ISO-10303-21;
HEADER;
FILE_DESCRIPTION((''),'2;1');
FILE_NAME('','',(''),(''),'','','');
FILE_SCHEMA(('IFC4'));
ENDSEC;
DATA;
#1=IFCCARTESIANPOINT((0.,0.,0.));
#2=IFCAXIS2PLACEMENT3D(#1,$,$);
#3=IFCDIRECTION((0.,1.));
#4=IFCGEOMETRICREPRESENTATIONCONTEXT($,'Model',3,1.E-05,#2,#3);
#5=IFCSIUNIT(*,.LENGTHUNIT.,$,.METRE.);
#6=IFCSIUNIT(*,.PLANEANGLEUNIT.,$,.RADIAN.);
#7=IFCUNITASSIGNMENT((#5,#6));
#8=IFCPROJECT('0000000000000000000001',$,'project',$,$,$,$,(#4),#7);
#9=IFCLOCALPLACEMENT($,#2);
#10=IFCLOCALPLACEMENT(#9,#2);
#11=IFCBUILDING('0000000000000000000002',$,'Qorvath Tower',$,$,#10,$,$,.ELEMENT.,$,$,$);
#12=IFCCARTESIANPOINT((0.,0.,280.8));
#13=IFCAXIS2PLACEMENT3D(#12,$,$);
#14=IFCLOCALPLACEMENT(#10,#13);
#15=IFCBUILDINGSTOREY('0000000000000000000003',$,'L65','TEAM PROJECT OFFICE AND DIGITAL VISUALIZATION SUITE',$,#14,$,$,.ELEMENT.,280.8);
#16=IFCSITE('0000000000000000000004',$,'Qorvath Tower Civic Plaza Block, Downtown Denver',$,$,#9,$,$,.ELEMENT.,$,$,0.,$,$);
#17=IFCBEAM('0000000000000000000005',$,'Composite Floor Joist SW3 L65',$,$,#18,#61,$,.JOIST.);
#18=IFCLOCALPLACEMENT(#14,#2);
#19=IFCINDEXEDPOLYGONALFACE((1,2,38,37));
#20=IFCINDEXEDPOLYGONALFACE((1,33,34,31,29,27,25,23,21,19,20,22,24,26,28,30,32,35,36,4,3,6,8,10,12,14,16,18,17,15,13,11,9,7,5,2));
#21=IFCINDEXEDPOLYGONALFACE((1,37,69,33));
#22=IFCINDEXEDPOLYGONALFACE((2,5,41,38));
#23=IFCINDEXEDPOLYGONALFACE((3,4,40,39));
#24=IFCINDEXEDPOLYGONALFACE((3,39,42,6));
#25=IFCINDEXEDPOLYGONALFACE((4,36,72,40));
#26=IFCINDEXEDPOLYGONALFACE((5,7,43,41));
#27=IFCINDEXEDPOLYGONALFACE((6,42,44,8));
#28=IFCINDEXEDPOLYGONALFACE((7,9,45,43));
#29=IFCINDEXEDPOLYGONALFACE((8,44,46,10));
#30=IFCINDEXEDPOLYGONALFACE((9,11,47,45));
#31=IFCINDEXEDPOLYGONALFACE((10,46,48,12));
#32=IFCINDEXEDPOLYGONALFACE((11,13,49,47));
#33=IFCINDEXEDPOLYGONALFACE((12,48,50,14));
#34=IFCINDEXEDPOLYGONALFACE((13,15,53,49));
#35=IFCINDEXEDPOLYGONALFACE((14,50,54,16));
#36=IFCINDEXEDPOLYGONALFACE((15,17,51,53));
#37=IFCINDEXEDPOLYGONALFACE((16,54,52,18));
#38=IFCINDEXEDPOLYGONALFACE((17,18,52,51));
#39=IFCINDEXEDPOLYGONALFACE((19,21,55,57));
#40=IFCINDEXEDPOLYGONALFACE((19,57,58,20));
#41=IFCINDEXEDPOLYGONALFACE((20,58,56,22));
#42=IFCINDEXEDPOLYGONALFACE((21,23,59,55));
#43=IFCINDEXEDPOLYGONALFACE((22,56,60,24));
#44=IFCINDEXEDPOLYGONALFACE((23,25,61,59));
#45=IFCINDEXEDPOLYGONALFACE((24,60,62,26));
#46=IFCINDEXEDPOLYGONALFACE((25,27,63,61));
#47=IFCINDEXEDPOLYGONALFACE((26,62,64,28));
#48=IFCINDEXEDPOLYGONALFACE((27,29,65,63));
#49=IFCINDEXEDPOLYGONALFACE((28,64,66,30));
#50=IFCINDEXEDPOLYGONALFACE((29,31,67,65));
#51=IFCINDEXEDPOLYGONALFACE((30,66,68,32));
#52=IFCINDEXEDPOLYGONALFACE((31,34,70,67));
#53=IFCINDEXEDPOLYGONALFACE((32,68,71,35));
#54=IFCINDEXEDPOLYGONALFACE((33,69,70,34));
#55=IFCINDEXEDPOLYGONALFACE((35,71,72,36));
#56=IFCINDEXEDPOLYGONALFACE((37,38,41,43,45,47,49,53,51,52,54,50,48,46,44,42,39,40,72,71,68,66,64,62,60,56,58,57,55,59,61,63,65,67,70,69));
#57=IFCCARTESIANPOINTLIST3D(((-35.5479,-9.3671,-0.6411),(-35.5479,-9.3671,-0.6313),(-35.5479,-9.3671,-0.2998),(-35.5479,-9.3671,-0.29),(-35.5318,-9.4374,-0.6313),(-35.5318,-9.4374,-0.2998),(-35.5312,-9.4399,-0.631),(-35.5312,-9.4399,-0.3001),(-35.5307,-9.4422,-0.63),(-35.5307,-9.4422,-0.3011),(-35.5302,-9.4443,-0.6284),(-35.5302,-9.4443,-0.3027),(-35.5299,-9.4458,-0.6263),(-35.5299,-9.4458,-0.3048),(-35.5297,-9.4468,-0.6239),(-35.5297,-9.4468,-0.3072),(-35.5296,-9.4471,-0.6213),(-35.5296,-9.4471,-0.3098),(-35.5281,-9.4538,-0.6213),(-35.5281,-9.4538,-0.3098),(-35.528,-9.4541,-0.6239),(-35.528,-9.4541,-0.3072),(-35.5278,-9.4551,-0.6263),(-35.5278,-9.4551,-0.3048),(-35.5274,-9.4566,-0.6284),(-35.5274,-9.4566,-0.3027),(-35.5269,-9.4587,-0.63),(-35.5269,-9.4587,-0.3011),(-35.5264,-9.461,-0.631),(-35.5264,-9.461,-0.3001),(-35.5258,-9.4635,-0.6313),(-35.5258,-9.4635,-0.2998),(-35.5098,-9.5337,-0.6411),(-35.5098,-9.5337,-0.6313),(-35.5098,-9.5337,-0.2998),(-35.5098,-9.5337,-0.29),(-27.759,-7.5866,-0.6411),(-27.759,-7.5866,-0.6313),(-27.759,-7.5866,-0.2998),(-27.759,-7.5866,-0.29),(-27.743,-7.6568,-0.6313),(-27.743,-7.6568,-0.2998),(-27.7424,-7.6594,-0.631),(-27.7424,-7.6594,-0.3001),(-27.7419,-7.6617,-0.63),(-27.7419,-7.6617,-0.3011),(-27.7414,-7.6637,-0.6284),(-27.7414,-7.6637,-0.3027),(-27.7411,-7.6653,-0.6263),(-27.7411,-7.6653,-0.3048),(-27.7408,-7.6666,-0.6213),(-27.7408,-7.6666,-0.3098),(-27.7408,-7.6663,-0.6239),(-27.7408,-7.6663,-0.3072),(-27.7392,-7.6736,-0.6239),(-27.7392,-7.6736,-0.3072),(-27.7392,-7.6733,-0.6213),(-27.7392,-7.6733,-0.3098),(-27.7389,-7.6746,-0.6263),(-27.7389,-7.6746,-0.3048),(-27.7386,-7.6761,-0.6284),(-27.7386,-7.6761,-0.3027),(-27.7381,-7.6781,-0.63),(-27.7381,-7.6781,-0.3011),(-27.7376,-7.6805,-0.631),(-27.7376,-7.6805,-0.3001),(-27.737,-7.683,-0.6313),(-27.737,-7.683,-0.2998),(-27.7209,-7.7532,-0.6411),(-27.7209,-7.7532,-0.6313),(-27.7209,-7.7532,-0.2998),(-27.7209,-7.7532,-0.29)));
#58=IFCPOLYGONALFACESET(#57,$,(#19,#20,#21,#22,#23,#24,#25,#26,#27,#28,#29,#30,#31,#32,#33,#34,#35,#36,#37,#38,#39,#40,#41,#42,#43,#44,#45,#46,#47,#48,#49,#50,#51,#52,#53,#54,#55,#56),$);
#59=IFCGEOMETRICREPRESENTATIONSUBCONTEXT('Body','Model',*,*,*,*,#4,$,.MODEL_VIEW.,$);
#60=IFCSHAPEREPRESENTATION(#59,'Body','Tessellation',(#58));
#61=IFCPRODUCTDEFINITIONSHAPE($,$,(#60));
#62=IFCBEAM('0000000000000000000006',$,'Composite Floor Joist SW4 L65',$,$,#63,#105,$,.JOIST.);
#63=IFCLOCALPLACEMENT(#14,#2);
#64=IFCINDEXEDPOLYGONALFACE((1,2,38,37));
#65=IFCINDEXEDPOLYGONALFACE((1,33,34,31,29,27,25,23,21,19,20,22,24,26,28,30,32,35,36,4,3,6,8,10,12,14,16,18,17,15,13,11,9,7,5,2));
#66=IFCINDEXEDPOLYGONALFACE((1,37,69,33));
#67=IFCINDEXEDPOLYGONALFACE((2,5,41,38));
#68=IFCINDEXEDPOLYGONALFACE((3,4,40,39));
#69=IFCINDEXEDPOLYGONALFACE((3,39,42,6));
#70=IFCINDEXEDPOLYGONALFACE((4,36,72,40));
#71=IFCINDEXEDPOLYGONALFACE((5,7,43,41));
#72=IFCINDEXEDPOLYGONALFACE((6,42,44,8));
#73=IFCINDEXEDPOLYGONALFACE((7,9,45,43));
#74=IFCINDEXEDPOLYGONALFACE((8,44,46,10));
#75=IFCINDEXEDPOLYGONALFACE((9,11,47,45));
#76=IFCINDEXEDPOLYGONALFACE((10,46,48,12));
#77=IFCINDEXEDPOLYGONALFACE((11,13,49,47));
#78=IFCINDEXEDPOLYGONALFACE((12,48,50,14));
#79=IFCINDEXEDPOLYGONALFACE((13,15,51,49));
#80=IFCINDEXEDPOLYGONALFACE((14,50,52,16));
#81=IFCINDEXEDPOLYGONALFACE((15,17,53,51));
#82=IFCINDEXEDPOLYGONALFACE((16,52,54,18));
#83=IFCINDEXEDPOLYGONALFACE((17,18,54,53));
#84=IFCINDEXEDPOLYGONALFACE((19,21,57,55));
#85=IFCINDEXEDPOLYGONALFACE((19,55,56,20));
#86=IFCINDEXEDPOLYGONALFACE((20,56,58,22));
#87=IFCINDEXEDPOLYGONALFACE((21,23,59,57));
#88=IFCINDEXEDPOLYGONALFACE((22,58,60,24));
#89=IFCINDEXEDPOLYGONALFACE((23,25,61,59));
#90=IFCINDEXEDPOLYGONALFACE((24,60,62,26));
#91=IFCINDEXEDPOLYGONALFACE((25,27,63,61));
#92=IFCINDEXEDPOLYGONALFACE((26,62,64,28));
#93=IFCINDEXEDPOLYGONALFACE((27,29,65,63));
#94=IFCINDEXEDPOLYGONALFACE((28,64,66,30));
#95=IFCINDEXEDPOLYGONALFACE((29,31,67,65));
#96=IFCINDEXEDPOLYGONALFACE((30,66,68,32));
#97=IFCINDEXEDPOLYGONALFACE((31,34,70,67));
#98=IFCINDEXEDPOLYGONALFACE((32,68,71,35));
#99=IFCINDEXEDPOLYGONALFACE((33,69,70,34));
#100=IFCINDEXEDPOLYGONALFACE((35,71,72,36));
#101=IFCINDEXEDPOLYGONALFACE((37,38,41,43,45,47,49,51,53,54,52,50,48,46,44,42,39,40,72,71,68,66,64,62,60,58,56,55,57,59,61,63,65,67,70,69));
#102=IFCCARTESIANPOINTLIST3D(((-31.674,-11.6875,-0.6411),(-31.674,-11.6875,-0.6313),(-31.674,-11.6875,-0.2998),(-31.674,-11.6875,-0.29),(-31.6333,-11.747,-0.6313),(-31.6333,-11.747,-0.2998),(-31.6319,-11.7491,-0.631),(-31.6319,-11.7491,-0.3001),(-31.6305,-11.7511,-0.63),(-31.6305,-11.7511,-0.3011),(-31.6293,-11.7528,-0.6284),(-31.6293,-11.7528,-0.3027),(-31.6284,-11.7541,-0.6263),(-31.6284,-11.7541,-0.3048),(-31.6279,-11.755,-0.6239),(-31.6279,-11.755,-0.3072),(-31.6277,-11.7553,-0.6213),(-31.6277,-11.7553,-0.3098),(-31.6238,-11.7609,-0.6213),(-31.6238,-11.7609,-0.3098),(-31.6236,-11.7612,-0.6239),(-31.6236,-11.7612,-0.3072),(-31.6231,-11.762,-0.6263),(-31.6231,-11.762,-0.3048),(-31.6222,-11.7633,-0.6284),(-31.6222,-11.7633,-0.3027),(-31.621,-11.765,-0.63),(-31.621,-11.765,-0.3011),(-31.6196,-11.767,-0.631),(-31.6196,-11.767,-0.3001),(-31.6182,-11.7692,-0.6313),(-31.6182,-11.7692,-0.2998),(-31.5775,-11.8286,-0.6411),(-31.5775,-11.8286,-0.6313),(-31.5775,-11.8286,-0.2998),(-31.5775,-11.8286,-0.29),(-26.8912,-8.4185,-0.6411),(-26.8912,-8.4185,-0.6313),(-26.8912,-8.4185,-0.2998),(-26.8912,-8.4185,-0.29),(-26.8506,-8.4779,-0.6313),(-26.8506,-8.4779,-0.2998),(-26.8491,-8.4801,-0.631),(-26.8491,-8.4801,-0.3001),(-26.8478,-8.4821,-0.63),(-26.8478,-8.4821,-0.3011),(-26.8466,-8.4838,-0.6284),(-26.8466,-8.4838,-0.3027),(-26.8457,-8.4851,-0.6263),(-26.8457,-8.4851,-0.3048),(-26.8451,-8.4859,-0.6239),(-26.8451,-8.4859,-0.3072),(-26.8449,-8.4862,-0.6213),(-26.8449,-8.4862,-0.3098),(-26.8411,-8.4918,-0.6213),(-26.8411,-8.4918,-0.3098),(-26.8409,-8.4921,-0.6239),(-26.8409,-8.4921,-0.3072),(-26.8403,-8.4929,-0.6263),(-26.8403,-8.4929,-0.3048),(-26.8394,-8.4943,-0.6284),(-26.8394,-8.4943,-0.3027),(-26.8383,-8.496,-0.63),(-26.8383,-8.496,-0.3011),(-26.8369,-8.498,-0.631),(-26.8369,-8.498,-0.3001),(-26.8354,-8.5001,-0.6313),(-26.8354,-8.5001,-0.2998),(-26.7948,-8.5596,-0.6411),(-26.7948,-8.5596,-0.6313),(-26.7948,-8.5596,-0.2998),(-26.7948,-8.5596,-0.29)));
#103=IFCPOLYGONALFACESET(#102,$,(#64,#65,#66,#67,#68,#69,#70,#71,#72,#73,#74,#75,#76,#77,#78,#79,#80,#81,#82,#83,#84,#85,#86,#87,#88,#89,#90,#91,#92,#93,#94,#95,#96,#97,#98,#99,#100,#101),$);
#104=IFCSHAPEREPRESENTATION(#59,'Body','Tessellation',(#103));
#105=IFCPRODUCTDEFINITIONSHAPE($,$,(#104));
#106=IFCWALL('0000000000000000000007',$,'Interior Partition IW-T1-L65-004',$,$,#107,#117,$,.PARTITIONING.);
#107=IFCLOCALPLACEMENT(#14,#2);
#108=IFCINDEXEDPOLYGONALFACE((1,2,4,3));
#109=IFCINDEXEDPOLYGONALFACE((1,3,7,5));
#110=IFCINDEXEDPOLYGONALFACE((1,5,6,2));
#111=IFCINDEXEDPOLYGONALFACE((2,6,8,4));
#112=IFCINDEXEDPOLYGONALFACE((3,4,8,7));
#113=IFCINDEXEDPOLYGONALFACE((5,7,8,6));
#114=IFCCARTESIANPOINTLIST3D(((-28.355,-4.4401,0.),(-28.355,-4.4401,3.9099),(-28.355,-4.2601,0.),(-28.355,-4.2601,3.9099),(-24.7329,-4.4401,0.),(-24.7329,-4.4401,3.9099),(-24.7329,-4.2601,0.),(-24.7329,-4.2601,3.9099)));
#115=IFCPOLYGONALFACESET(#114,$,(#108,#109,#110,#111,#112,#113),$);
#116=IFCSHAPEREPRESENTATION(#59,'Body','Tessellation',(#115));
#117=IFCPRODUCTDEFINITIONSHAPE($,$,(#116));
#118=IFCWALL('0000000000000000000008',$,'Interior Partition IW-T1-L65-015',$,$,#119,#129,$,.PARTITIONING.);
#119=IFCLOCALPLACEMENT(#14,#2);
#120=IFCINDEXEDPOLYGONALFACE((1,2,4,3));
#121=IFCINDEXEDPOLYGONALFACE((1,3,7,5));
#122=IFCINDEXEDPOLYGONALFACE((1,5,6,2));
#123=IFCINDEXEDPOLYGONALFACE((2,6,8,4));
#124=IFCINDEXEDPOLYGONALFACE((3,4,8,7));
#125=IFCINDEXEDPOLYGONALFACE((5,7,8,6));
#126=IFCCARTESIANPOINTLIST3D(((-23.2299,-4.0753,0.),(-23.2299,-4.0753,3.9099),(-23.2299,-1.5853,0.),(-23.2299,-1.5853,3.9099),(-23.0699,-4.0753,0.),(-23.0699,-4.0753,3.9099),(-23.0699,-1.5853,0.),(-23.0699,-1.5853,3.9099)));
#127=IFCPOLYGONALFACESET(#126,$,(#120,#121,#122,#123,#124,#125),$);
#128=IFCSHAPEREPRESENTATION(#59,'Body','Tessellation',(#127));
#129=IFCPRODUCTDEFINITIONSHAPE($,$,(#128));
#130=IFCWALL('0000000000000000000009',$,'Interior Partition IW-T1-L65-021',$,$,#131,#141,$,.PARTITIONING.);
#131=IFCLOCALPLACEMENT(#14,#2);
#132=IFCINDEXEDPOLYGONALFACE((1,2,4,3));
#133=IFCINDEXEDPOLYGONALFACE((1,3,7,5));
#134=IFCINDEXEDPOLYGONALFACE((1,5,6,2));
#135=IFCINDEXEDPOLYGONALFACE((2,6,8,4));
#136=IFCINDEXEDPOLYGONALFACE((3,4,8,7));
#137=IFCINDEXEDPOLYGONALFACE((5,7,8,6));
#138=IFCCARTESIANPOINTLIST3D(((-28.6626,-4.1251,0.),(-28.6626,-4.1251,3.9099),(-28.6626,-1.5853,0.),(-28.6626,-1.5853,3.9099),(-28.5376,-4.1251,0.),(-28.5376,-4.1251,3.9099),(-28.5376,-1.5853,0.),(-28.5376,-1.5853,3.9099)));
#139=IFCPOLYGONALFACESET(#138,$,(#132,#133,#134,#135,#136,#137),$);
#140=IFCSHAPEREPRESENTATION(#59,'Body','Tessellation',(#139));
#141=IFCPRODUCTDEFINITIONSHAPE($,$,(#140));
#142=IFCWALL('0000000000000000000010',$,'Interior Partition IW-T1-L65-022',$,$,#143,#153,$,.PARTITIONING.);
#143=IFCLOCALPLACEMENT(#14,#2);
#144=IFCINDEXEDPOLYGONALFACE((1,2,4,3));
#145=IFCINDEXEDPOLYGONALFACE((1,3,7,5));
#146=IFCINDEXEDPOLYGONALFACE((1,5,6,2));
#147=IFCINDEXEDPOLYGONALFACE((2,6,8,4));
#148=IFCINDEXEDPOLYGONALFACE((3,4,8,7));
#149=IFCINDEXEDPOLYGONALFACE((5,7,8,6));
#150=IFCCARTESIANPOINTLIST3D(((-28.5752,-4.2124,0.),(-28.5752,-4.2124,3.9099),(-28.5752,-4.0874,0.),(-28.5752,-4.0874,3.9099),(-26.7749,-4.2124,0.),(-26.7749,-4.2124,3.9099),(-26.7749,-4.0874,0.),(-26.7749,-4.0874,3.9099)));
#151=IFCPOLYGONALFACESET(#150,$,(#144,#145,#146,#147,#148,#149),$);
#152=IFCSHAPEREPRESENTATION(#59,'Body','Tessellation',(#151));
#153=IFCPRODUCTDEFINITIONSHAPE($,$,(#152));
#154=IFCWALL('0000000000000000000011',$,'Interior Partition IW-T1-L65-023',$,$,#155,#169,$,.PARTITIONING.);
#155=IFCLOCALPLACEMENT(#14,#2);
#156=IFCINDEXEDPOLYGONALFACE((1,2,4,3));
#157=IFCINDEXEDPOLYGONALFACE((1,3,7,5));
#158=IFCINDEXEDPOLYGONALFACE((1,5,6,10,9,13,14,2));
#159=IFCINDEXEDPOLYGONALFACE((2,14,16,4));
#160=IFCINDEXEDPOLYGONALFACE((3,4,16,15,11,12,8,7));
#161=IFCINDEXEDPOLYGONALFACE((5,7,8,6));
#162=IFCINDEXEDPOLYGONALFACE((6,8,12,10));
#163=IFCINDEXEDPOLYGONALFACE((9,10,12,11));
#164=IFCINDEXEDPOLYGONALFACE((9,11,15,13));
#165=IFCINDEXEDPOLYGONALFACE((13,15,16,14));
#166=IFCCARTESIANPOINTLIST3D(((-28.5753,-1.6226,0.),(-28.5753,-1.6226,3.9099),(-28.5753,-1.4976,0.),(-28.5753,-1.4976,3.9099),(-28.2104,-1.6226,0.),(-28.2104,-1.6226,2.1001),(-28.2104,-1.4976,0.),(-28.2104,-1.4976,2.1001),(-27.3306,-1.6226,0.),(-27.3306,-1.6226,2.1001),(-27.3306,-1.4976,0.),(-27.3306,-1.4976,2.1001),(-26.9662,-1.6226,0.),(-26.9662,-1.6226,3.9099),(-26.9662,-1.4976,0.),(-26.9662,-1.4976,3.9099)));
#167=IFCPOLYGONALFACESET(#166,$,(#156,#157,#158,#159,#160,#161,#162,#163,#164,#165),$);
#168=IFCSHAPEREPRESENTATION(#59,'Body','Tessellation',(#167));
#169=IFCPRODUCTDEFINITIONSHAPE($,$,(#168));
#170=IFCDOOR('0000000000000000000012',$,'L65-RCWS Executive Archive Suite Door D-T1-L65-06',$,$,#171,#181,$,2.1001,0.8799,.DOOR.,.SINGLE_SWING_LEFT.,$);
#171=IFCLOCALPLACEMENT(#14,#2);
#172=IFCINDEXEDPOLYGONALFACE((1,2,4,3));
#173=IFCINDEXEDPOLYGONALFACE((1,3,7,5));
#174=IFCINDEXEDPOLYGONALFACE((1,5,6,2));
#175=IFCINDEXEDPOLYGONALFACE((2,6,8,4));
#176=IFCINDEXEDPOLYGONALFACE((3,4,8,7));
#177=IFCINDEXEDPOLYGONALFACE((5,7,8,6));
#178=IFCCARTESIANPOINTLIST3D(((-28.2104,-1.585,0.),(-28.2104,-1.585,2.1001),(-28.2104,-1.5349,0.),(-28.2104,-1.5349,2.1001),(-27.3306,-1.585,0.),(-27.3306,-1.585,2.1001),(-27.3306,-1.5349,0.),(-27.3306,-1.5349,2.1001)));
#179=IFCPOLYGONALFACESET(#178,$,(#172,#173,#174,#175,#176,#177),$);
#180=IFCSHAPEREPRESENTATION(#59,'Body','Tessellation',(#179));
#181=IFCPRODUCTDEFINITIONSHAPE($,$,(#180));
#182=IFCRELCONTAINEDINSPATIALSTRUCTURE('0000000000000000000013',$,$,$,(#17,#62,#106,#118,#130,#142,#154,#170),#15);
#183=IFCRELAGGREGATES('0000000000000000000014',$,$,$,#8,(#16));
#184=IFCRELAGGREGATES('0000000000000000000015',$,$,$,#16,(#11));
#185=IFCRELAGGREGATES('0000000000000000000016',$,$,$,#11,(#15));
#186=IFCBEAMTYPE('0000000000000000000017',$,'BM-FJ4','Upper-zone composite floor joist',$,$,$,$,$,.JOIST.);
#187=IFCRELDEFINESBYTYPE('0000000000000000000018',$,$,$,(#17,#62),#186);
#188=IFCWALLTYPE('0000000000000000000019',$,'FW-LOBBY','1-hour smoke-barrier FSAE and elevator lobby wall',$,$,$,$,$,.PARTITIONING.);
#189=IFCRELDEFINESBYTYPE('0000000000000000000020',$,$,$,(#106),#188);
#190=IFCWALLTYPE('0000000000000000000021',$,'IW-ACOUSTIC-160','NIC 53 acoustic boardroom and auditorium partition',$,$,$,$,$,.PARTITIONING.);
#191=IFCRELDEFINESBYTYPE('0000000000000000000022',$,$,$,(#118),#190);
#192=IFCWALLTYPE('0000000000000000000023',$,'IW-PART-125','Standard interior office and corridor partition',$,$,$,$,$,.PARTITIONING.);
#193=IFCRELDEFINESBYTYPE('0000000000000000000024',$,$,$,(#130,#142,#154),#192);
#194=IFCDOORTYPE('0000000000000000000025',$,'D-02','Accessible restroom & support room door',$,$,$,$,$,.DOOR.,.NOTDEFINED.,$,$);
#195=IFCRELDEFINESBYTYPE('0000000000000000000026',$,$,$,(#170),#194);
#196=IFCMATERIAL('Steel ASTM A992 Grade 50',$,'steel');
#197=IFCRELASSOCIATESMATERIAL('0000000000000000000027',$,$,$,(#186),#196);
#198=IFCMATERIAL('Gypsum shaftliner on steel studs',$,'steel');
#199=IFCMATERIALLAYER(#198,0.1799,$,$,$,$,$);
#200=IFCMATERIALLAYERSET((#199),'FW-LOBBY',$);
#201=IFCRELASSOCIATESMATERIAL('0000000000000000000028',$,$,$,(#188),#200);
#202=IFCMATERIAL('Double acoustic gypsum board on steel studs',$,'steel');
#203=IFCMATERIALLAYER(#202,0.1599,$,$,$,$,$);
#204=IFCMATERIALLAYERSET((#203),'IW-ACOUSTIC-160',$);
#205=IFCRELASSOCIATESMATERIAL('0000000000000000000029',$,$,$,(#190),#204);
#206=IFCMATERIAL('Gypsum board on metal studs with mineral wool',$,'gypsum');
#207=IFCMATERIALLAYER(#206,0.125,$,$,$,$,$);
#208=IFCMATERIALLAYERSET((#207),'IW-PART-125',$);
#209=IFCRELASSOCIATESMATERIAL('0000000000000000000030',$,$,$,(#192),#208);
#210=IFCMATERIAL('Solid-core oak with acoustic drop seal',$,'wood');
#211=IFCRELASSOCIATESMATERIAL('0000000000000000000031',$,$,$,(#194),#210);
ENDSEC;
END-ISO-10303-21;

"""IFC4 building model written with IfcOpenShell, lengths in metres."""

from ifc_helpers import new_model, si_unit, direction, frame, frame_2d, origin, origin_2d, place, context, subcontext, project, spatial, rectangle, i_section, extrude, material, layer, layer_set, material_profile, profile_set, type_object, element, fill, save


model = new_model("IFC4")

# Units and contexts
model_context = context("Model", 3, precision=1e-05, world=origin(), true_north=direction((0.0, 1.0)))
body_context = subcontext(model_context, "Body", "Model", "MODEL_VIEW")
ifc_project = project(units=[si_unit("LENGTHUNIT", "METRE"), si_unit("PLANEANGLEUNIT", "RADIAN")], contexts=[model_context])

# Site, building, storey
site_placement = place(None, origin())
site = spatial("IfcSite", under=ifc_project, at=site_placement, Name="Qorvath Tower Civic Plaza Block, Downtown Denver", CompositionType="ELEMENT", RefElevation=0.0)
building_placement = place(site_placement, origin())
building = spatial("IfcBuilding", under=site, at=building_placement, Name="Qorvath Tower", CompositionType="ELEMENT")
storey_placement = place(building_placement, frame((0.0, 0.0, 280.8)))
storey = spatial("IfcBuildingStorey", under=building, at=storey_placement, Name="L65", Description="TEAM PROJECT OFFICE AND DIGITAL VISUALIZATION SUITE", CompositionType="ELEMENT", Elevation=280.8)

# Beams
ifc_material_1 = material(Name="Steel ASTM A992 Grade 50", Category="steel")
ifc_material_profile_1 = material_profile(ifc_material_1, i_section(OverallWidth=0.1709, OverallDepth=0.3511, WebThickness=0.0068, FlangeThickness=0.0098, FilletRadius=0.01, at=origin_2d()), Name="W14x30")
ifc_profile_set_1 = profile_set([ifc_material_profile_1], Name="Steel ASTM A992 Grade 50")
beam_type_1 = type_object("IfcBeamType", Name="BM-FJ4", Description="Upper-zone composite floor joist", PredefinedType="JOIST", material=ifc_profile_set_1)
beam_1_placement = place(storey_placement, frame((-27.74, -7.6699, -0.4656), z_axis=(-0.974853, -0.222851, 0.0), x_axis=(0.222851, -0.974853, 0.0)))
element("IfcBeam", 1, at=beam_1_placement, inside=storey, type_object=beam_type_1, Name="Composite Floor Joist SW3 L65", PredefinedType="JOIST", context=body_context, shape_type="SweptSolid", body=[
    extrude(i_section(OverallWidth=0.1709, OverallDepth=0.3511, WebThickness=0.0068, FlangeThickness=0.0098, FilletRadius=0.01, at=origin_2d()), origin(), (0.0, 0.0, 1.0), 7.9897),
])
beam_2_placement = place(storey_placement, frame((-26.843, -8.489, -0.4656), z_axis=(-0.825576, -0.564291, 0.0), x_axis=(0.564291, -0.825576, 0.0)))
element("IfcBeam", 2, at=beam_2_placement, inside=storey, type_object=beam_type_1, Name="Composite Floor Joist SW4 L65", PredefinedType="JOIST", context=body_context, shape_type="SweptSolid", body=[
    extrude(i_section(OverallWidth=0.1709, OverallDepth=0.3511, WebThickness=0.0068, FlangeThickness=0.0098, FilletRadius=0.01, at=origin_2d()), origin(), (0.0, 0.0, 1.0), 5.7932),
])

# Shared definitions
ifc_material_2 = material(Name="Gypsum shaftliner on steel studs", Category="steel")
ifc_layer_1 = layer(ifc_material_2, 0.1799)
ifc_layer_set_1 = layer_set([ifc_layer_1], Name="FW-LOBBY")
wall_type_1 = type_object("IfcWallType", Name="FW-LOBBY", Description="1-hour smoke-barrier FSAE and elevator lobby wall", PredefinedType="PARTITIONING", material=ifc_layer_set_1)

# Walls
wall_1_placement = place(storey_placement, frame((-24.7329, -4.3501, 0.0), z_axis=(0.0, 0.0, 1.0), x_axis=(-1.0, 0.0, 0.0)))
element("IfcWall", 3, at=wall_1_placement, inside=storey, type_object=wall_type_1, Name="Interior Partition IW-T1-L65-004", PredefinedType="PARTITIONING", context=body_context, shape_type="SweptSolid", body=[
    extrude(rectangle(XDim=3.6221, YDim=0.1799, at=frame_2d((1.811, 0.0))), origin(), (0.0, 0.0, 1.0), 3.9099),
])
ifc_material_3 = material(Name="Double acoustic gypsum board on steel studs", Category="steel")
ifc_layer_2 = layer(ifc_material_3, 0.1599)
ifc_layer_set_2 = layer_set([ifc_layer_2], Name="IW-ACOUSTIC-160")
wall_type_2 = type_object("IfcWallType", Name="IW-ACOUSTIC-160", Description="NIC 53 acoustic boardroom and auditorium partition", PredefinedType="PARTITIONING", material=ifc_layer_set_2)
wall_2_placement = place(storey_placement, frame((-23.1499, -1.5852, 0.0), z_axis=(0.0, 0.0, 1.0), x_axis=(0.0, -1.0, 0.0)))
element("IfcWall", 4, at=wall_2_placement, inside=storey, type_object=wall_type_2, Name="Interior Partition IW-T1-L65-015", PredefinedType="PARTITIONING", context=body_context, shape_type="SweptSolid", body=[
    extrude(rectangle(XDim=2.49, YDim=0.1599, at=frame_2d((1.2451, 0.0))), origin(), (0.0, 0.0, 1.0), 3.9099),
])
ifc_material_4 = material(Name="Gypsum board on metal studs with mineral wool", Category="gypsum")
ifc_layer_3 = layer(ifc_material_4, 0.125)
ifc_layer_set_3 = layer_set([ifc_layer_3], Name="IW-PART-125")
wall_type_3 = type_object("IfcWallType", Name="IW-PART-125", Description="Standard interior office and corridor partition", PredefinedType="PARTITIONING", material=ifc_layer_set_3)
wall_3_placement = place(storey_placement, frame((-28.6001, -1.5852, 0.0), z_axis=(0.0, 0.0, 1.0), x_axis=(0.0, -1.0, 0.0)))
element("IfcWall", 5, at=wall_3_placement, inside=storey, type_object=wall_type_3, Name="Interior Partition IW-T1-L65-021", PredefinedType="PARTITIONING", context=body_context, shape_type="SweptSolid", body=[
    extrude(rectangle(XDim=2.5398, YDim=0.125, at=frame_2d((1.27, 0.0))), origin(), (0.0, 0.0, 1.0), 3.9099),
])
wall_4_placement = place(storey_placement, frame((-28.5752, -4.1499, 0.0), z_axis=(0.0, 0.0, 1.0), x_axis=(1.0, 0.0, 0.0)))
element("IfcWall", 6, at=wall_4_placement, inside=storey, type_object=wall_type_3, Name="Interior Partition IW-T1-L65-022", PredefinedType="PARTITIONING", context=body_context, shape_type="SweptSolid", body=[
    extrude(rectangle(XDim=1.8003, YDim=0.125, at=frame_2d((0.9001, 0.0))), origin(), (0.0, 0.0, 1.0), 3.9099),
])

# Wall, opening, door
wall_5_placement = place(storey_placement, frame((-26.9661, -1.5601, 0.0), z_axis=(0.0, 0.0, 1.0), x_axis=(-1.0, 0.0, 0.0)))
wall_5 = element("IfcWall", 7, at=wall_5_placement, inside=storey, type_object=wall_type_3, Name="Interior Partition IW-T1-L65-023", PredefinedType="PARTITIONING", context=body_context, shape_type="SweptSolid", body=[
    extrude(rectangle(XDim=1.6091, YDim=0.125, at=frame_2d((0.8047, 0.0))), origin(), (0.0, 0.0, 1.0), 3.9099),
])
opening_1_placement = place(wall_5_placement, frame((0.3645, 0.0, 0.0)))
opening_1 = element("IfcOpeningElement", 8, at=opening_1_placement, cuts=wall_5, PredefinedType="OPENING", context=body_context, shape_type="SweptSolid", body=[
    extrude(rectangle(XDim=0.8799, YDim=2.1001, at=frame_2d((0.4399, 1.05))), frame((0.0, 0.0725, 0.0), z_axis=(0.0, -1.0, 0.0), x_axis=(1.0, 0.0, 0.0)), (0.0, 0.0, 1.0), 0.145),
])
ifc_material_5 = material(Name="Solid-core oak with acoustic drop seal", Category="wood")
door_type_1 = type_object("IfcDoorType", Name="D-02", Description="Accessible restroom & support room door", OperationType="NOTDEFINED", PredefinedType="DOOR", material=ifc_material_5)
door_1_placement = place(opening_1_placement, origin())
door_1 = element("IfcDoor", 9, at=door_1_placement, inside=storey, type_object=door_type_1, Name="L65-RCWS Executive Archive Suite Door D-T1-L65-06", OperationType="SINGLE_SWING_LEFT", OverallHeight=2.1001, OverallWidth=0.8799, PredefinedType="DOOR", context=body_context, shape_type="SweptSolid", body=[
    extrude(rectangle(XDim=0.8799, YDim=2.1001, at=frame_2d((0.4399, 1.05))), frame((0.0, 0.0249, 0.0), z_axis=(0.0, -1.0, 0.0), x_axis=(1.0, 0.0, 0.0)), (0.0, 0.0, 1.0), 0.05),
])
fill(opening_1, door_1)

save(model, "model.ifc")
